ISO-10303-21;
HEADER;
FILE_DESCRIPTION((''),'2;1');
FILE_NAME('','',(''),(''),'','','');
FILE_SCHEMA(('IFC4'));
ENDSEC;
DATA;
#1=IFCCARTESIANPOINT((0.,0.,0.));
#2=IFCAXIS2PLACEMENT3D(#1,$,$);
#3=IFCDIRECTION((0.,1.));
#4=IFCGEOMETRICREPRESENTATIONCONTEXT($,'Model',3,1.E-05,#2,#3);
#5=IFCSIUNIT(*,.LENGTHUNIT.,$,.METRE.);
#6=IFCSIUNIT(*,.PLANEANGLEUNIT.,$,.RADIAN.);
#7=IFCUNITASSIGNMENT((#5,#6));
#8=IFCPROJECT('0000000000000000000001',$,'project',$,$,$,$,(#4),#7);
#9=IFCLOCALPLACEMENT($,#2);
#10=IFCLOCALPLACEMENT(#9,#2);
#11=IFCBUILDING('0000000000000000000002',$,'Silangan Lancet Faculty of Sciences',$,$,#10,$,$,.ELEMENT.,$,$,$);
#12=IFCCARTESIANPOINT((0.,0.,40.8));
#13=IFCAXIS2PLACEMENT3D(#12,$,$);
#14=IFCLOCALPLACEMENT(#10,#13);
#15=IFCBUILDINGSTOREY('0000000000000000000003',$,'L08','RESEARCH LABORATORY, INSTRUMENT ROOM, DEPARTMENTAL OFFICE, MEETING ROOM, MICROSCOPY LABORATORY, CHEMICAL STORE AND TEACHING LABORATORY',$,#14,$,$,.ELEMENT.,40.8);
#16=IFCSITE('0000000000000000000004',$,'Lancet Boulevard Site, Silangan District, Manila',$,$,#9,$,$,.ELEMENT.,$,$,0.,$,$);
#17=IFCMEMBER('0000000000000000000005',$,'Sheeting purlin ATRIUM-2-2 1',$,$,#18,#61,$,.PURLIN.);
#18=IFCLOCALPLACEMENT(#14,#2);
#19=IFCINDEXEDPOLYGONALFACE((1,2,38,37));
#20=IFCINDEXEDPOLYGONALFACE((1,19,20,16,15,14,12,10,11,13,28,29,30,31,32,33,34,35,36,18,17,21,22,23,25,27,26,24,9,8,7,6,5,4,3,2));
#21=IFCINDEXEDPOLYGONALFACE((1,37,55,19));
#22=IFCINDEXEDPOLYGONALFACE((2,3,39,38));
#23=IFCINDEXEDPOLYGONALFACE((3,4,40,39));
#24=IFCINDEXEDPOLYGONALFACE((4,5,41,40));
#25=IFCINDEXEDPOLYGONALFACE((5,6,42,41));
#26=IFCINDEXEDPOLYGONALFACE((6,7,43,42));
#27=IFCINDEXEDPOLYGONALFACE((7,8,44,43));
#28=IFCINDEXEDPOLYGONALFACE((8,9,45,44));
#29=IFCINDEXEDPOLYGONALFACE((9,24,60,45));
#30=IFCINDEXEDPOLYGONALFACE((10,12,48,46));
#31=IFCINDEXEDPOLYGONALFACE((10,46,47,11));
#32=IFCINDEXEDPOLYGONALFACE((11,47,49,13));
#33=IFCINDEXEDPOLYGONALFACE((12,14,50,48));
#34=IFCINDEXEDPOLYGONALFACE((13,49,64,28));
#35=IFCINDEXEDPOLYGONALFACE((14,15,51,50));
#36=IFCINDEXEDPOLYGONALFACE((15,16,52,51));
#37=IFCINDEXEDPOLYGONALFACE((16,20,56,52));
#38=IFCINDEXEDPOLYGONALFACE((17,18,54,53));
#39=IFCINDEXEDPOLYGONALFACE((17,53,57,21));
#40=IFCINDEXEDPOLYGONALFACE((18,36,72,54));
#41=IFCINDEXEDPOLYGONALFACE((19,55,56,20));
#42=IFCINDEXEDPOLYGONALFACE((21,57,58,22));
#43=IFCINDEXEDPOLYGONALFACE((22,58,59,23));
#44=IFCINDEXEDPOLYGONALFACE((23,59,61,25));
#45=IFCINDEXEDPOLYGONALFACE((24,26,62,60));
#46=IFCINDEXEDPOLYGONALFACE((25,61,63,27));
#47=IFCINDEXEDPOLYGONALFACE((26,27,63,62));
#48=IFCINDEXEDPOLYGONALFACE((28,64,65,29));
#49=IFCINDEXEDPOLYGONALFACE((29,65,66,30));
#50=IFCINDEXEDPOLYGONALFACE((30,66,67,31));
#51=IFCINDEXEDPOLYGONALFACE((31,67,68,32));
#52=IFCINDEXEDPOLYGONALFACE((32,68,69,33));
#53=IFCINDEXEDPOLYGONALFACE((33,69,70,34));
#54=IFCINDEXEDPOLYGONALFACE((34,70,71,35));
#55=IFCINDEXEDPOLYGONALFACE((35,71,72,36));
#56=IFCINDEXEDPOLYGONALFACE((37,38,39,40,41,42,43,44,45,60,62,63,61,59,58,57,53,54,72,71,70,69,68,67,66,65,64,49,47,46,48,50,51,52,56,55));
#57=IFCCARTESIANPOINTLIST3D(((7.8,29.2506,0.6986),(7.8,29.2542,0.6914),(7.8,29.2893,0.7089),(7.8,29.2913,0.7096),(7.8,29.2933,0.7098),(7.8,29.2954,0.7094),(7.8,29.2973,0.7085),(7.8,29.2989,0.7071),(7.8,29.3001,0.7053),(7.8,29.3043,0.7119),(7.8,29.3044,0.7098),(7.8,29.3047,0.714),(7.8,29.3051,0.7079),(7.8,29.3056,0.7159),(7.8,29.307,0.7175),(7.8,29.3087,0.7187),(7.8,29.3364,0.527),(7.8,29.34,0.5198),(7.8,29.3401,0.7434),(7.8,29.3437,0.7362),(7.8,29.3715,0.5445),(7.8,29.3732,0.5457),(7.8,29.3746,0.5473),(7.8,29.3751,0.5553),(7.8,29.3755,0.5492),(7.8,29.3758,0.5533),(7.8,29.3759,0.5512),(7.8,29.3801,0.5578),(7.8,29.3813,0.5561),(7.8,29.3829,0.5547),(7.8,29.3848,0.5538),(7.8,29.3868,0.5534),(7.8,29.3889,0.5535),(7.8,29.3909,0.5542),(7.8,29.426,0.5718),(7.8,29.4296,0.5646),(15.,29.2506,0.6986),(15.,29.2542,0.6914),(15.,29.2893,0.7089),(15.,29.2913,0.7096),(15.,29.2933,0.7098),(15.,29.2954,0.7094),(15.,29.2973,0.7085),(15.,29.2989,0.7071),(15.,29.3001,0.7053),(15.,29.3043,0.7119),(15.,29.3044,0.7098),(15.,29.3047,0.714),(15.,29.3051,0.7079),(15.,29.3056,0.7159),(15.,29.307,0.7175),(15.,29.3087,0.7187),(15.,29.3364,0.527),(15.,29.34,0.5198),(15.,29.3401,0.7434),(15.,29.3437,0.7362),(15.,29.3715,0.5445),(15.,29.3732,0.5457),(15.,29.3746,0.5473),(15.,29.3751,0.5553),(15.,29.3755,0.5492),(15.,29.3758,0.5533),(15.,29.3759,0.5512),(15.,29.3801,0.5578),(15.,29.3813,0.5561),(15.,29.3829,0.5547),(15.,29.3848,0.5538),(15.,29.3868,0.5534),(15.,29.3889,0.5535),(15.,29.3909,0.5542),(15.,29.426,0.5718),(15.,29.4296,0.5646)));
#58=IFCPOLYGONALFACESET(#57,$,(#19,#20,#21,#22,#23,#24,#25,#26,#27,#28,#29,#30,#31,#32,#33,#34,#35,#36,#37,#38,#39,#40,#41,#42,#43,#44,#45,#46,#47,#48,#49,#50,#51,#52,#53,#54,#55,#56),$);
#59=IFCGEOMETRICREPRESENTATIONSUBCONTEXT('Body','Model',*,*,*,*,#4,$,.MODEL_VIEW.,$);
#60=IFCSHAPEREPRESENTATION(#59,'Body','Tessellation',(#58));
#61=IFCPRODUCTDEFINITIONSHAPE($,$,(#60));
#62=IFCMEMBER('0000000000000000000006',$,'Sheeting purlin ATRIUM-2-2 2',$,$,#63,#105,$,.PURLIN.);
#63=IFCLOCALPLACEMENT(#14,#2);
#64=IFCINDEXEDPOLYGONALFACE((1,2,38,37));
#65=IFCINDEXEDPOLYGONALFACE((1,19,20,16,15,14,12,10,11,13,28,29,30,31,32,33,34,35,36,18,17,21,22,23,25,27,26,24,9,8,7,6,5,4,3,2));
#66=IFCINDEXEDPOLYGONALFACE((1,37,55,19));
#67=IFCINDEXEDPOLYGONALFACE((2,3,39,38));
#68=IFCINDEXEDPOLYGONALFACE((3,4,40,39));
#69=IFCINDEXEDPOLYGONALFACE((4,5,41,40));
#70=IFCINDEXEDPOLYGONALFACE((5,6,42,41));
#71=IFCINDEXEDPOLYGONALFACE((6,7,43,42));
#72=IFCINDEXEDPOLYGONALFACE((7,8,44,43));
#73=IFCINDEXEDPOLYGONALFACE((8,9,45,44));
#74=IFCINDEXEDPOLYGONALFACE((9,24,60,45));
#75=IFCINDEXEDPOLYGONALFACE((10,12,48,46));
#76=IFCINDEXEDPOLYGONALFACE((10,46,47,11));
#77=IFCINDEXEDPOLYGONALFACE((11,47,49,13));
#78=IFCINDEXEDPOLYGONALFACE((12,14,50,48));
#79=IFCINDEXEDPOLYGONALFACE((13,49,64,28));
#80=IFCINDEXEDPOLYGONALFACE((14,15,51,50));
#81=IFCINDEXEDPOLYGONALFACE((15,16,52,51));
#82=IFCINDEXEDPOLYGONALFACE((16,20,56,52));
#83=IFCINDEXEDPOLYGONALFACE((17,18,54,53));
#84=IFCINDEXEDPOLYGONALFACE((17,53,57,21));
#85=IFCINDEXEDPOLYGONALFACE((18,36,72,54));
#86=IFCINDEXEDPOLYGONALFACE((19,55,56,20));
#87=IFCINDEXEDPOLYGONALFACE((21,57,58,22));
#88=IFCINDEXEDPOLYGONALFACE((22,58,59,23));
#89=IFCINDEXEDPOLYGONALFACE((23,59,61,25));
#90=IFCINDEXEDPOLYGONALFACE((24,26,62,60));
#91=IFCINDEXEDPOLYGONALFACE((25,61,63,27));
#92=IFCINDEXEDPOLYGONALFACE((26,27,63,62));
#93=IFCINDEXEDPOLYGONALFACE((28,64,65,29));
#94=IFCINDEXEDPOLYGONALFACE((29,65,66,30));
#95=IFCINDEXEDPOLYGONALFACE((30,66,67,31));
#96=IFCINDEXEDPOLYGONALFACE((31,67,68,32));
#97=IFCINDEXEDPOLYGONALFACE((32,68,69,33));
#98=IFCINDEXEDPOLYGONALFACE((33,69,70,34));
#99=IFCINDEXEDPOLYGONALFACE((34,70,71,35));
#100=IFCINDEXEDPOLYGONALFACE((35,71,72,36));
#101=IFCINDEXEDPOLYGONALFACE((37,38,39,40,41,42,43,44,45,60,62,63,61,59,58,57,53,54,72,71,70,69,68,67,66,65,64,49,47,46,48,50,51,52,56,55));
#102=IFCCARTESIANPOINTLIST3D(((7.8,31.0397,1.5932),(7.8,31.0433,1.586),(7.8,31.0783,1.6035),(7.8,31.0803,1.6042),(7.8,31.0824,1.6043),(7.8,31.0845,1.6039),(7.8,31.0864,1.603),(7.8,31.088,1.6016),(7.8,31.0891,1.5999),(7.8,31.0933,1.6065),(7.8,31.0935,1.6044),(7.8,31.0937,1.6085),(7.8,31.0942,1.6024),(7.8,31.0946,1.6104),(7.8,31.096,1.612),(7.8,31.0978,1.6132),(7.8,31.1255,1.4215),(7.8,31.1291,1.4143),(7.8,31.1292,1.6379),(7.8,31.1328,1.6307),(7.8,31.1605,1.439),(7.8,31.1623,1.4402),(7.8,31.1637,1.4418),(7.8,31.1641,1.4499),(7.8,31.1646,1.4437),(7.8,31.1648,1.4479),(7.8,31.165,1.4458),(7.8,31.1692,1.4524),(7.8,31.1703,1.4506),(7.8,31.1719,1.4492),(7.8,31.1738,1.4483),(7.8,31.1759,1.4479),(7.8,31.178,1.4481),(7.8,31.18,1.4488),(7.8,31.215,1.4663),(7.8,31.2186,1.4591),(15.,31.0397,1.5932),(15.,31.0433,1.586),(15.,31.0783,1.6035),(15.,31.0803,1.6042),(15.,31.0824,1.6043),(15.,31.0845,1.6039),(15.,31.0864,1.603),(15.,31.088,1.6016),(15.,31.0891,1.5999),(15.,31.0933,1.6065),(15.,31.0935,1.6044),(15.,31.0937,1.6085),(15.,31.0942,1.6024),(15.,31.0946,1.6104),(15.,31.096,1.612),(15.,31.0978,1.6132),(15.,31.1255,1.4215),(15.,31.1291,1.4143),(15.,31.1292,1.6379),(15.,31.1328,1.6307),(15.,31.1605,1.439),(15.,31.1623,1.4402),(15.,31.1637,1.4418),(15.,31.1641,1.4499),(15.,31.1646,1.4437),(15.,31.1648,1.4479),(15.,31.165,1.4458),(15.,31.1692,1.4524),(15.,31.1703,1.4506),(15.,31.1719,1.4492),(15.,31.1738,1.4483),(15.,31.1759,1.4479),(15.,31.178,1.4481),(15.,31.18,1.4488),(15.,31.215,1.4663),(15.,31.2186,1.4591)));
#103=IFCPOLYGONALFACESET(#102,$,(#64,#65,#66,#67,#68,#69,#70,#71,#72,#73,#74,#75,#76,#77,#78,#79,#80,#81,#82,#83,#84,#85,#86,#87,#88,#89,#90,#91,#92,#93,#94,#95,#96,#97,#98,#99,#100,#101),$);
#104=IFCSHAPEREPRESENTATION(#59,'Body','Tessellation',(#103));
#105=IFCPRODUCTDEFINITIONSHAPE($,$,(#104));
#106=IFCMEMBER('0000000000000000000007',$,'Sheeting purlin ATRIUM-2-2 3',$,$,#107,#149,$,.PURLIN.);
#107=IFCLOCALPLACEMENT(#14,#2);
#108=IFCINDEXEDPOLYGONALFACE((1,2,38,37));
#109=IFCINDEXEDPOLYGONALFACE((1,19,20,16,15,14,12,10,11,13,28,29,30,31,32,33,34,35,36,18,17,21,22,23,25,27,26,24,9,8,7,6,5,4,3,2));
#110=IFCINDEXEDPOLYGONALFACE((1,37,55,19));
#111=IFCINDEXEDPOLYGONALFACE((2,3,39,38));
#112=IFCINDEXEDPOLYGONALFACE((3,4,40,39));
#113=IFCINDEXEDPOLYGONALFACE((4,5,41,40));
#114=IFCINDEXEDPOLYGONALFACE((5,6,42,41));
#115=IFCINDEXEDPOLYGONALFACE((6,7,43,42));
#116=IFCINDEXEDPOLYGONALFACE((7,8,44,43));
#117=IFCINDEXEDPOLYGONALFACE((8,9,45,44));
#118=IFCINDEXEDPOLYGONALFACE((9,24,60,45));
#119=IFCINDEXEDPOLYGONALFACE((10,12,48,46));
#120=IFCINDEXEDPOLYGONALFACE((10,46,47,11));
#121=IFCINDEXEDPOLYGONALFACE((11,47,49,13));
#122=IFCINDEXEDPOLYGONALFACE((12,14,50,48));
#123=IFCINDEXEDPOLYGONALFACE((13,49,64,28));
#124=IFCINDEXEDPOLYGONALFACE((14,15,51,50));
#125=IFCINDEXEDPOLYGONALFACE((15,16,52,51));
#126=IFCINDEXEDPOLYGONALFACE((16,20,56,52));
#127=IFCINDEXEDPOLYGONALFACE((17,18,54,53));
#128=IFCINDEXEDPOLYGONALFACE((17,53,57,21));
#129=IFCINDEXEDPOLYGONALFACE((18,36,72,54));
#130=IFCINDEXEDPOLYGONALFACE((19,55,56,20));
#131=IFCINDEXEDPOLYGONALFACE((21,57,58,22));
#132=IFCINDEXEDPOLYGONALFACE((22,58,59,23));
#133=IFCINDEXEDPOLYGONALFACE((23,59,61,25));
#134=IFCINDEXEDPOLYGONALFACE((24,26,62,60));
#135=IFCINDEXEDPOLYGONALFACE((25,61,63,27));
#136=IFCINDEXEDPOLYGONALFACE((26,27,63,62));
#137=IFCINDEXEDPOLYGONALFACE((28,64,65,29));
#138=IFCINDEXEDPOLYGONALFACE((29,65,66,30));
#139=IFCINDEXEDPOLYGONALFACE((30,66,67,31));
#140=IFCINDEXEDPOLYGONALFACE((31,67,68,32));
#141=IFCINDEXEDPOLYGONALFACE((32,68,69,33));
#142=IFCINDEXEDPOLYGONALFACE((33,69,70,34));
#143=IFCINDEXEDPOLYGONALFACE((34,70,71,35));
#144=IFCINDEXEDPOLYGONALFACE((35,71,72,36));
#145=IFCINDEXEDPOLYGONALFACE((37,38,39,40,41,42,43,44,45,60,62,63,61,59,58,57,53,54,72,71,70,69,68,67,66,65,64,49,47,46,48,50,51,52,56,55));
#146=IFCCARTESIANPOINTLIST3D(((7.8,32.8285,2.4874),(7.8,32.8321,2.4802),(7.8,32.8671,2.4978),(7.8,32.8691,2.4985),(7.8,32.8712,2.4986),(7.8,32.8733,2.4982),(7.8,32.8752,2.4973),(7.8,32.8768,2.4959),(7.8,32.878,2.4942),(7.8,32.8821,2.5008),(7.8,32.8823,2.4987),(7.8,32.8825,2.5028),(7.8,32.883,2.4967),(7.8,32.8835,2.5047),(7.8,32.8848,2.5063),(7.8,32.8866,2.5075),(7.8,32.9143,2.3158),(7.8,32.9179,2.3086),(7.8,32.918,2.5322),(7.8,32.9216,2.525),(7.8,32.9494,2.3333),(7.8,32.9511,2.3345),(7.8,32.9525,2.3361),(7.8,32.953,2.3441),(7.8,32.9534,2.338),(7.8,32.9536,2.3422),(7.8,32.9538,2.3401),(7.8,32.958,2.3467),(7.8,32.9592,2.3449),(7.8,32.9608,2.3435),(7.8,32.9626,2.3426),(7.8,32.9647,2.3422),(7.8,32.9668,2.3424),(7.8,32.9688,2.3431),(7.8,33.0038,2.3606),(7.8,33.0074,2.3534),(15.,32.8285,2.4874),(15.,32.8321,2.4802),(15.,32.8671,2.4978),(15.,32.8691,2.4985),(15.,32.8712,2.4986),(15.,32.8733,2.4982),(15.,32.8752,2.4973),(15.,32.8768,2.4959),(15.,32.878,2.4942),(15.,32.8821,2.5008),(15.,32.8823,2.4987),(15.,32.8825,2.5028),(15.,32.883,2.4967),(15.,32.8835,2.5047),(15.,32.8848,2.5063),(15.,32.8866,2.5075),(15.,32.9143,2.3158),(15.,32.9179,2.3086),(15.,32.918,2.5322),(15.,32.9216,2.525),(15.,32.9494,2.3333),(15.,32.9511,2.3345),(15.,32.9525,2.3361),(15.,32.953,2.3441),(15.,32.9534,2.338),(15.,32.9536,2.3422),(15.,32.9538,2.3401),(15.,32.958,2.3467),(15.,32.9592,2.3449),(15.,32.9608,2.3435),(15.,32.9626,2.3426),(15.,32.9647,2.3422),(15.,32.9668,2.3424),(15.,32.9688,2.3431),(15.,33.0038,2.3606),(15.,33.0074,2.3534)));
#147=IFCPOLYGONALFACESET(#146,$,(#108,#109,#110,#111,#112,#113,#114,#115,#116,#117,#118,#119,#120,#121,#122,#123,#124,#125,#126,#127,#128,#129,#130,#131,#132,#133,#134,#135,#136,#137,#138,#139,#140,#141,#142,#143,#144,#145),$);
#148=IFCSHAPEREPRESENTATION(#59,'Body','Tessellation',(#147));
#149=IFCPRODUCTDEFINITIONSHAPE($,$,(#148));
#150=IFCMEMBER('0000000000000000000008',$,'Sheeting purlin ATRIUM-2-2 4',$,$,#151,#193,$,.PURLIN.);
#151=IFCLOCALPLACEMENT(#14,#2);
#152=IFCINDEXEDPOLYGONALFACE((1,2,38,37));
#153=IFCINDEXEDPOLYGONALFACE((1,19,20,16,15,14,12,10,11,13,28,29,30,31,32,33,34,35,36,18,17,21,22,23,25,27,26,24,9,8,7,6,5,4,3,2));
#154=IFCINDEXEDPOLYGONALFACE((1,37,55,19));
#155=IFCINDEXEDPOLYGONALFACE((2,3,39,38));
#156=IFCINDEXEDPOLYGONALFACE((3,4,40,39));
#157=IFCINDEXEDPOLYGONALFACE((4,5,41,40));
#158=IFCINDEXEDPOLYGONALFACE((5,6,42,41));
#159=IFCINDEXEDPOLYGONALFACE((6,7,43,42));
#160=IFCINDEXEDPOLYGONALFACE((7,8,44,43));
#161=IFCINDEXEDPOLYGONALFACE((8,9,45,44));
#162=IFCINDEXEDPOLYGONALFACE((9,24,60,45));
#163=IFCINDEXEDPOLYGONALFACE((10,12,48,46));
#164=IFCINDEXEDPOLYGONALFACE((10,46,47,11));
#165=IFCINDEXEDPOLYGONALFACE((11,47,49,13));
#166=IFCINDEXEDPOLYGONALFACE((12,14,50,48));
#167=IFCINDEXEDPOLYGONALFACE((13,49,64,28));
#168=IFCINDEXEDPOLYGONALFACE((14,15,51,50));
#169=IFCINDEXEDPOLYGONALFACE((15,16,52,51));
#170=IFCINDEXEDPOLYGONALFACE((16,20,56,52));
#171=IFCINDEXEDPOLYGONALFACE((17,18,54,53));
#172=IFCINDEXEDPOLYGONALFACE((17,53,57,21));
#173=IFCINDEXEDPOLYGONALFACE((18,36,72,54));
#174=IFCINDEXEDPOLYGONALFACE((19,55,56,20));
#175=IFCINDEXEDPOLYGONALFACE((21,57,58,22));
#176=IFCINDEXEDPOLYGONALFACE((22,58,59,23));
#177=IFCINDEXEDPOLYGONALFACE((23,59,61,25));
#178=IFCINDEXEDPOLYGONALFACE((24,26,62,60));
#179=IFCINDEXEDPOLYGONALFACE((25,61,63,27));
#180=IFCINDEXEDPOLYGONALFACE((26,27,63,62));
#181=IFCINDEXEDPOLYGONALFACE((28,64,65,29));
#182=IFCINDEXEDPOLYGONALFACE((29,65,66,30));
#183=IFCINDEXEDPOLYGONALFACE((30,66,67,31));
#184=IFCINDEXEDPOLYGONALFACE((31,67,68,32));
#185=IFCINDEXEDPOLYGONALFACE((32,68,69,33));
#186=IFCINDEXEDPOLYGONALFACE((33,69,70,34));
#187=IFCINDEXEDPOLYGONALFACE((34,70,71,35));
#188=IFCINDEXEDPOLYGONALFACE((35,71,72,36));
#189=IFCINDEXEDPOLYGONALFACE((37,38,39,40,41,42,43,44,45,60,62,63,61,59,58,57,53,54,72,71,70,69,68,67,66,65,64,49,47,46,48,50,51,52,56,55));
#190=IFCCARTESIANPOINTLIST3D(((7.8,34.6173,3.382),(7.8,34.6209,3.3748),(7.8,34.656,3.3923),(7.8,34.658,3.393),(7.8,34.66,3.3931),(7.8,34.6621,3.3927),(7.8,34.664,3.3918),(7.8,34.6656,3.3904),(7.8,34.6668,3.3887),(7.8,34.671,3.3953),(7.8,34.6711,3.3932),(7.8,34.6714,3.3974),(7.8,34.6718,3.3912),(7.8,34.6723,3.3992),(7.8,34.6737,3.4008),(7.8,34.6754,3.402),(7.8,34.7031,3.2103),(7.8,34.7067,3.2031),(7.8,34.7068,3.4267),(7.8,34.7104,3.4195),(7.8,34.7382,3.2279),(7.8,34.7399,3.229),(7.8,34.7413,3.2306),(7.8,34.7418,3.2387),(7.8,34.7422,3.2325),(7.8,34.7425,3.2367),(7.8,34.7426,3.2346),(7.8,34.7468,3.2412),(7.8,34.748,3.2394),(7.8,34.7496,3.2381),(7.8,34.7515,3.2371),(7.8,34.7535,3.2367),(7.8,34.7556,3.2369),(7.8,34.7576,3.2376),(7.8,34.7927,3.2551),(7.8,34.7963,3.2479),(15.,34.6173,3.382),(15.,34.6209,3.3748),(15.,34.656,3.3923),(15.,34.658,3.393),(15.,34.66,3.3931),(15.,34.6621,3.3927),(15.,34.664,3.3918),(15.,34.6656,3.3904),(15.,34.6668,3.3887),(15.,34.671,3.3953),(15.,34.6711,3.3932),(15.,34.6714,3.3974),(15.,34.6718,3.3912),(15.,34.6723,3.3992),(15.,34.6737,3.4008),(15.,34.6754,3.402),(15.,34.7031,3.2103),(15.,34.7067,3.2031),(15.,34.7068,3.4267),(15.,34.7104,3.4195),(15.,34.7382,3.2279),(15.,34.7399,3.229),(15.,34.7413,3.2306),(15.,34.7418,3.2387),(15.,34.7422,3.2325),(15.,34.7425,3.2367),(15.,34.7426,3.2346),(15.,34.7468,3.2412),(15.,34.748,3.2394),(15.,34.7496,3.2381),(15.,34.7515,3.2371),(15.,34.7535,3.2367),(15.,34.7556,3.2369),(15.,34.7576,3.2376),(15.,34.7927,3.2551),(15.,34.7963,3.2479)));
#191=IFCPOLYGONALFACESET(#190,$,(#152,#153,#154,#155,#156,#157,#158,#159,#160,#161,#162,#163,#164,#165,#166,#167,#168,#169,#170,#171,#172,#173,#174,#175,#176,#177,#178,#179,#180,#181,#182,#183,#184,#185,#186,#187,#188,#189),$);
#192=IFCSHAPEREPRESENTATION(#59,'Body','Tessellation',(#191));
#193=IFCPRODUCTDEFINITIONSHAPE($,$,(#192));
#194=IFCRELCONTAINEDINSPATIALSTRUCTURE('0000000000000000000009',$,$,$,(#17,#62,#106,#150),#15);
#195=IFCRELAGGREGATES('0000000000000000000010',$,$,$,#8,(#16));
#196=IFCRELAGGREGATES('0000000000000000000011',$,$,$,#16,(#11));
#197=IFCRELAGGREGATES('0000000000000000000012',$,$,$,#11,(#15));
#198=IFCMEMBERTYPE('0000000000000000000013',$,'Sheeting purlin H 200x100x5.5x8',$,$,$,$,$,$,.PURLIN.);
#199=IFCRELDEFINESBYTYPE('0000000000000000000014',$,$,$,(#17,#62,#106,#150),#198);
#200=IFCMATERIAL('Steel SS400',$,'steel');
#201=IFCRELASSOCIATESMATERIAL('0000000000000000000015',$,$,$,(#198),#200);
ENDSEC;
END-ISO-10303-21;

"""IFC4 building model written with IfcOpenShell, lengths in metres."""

from ifc_helpers import new_model, si_unit, direction, frame, origin, origin_2d, place, context, subcontext, project, spatial, i_section, extrude, material, material_profile, profile_set, type_object, element, save


model = new_model("IFC4")

# Units and contexts
model_context = context("Model", 3, precision=1e-05, world=origin(), true_north=direction((0.0, 1.0)))
body_context = subcontext(model_context, "Body", "Model", "MODEL_VIEW")
ifc_project = project(units=[si_unit("LENGTHUNIT", "METRE"), si_unit("PLANEANGLEUNIT", "RADIAN")], contexts=[model_context])

# Site, building, storey
site_placement = place(None, origin())
site = spatial("IfcSite", under=ifc_project, at=site_placement, Name="Lancet Boulevard Site, Silangan District, Manila", CompositionType="ELEMENT", RefElevation=0.0)
building_placement = place(site_placement, origin())
building = spatial("IfcBuilding", under=site, at=building_placement, Name="Silangan Lancet Faculty of Sciences", CompositionType="ELEMENT")
storey_placement = place(building_placement, frame((0.0, 0.0, 40.8)))
storey = spatial("IfcBuildingStorey", under=building, at=storey_placement, Name="L08", Description="RESEARCH LABORATORY, INSTRUMENT ROOM, DEPARTMENTAL OFFICE, MEETING ROOM, MICROSCOPY LABORATORY, CHEMICAL STORE AND TEACHING LABORATORY", CompositionType="ELEMENT", Elevation=40.8)

# Members
ifc_material_1 = material(Name="Steel SS400", Category="steel")
ifc_material_profile_1 = material_profile(ifc_material_1, i_section(OverallWidth=0.1001, OverallDepth=0.2, WebThickness=0.0056, FlangeThickness=0.0081, FilletRadius=0.0081, at=origin_2d()), Name="H 200x100x5.5x8")
ifc_profile_set_1 = profile_set([ifc_material_profile_1], Name="Steel SS400")
member_type_1 = type_object("IfcMemberType", Name="Sheeting purlin H 200x100x5.5x8", PredefinedType="PURLIN", material=ifc_profile_set_1)
for number, where, z_axis, x_axis, name in (
    (1, (7.8, 29.3401, 0.6316), (1.0, 0.0, 0.0), (0.0, 0.894427, 0.447214), "Sheeting purlin ATRIUM-2-2 1"),
    (2, (7.8, 31.1292, 1.5261), (1.0, 0.0, 0.0), (0.0, 0.894427, 0.447214), "Sheeting purlin ATRIUM-2-2 2"),
    (3, (7.8, 32.918, 2.4204), (1.0, 0.0, 0.0), (0.0, 0.894427, 0.447214), "Sheeting purlin ATRIUM-2-2 3"),
    (4, (7.8, 34.7068, 3.3149), (1.0, 0.0, 0.0), (0.0, 0.894427, 0.447214), "Sheeting purlin ATRIUM-2-2 4"),
):
    element("IfcMember", number, at=place(storey_placement, frame(where, z_axis=z_axis, x_axis=x_axis)), inside=storey, type_object=member_type_1, Name=name, PredefinedType="PURLIN", context=body_context, shape_type="SweptSolid", body=[
        extrude(i_section(OverallWidth=0.1001, OverallDepth=0.2, WebThickness=0.0056, FlangeThickness=0.0081, FilletRadius=0.0081, at=origin_2d()), origin(), (0.0, 0.0, 1.0), 7.2),
    ])

save(model, "model.ifc")
